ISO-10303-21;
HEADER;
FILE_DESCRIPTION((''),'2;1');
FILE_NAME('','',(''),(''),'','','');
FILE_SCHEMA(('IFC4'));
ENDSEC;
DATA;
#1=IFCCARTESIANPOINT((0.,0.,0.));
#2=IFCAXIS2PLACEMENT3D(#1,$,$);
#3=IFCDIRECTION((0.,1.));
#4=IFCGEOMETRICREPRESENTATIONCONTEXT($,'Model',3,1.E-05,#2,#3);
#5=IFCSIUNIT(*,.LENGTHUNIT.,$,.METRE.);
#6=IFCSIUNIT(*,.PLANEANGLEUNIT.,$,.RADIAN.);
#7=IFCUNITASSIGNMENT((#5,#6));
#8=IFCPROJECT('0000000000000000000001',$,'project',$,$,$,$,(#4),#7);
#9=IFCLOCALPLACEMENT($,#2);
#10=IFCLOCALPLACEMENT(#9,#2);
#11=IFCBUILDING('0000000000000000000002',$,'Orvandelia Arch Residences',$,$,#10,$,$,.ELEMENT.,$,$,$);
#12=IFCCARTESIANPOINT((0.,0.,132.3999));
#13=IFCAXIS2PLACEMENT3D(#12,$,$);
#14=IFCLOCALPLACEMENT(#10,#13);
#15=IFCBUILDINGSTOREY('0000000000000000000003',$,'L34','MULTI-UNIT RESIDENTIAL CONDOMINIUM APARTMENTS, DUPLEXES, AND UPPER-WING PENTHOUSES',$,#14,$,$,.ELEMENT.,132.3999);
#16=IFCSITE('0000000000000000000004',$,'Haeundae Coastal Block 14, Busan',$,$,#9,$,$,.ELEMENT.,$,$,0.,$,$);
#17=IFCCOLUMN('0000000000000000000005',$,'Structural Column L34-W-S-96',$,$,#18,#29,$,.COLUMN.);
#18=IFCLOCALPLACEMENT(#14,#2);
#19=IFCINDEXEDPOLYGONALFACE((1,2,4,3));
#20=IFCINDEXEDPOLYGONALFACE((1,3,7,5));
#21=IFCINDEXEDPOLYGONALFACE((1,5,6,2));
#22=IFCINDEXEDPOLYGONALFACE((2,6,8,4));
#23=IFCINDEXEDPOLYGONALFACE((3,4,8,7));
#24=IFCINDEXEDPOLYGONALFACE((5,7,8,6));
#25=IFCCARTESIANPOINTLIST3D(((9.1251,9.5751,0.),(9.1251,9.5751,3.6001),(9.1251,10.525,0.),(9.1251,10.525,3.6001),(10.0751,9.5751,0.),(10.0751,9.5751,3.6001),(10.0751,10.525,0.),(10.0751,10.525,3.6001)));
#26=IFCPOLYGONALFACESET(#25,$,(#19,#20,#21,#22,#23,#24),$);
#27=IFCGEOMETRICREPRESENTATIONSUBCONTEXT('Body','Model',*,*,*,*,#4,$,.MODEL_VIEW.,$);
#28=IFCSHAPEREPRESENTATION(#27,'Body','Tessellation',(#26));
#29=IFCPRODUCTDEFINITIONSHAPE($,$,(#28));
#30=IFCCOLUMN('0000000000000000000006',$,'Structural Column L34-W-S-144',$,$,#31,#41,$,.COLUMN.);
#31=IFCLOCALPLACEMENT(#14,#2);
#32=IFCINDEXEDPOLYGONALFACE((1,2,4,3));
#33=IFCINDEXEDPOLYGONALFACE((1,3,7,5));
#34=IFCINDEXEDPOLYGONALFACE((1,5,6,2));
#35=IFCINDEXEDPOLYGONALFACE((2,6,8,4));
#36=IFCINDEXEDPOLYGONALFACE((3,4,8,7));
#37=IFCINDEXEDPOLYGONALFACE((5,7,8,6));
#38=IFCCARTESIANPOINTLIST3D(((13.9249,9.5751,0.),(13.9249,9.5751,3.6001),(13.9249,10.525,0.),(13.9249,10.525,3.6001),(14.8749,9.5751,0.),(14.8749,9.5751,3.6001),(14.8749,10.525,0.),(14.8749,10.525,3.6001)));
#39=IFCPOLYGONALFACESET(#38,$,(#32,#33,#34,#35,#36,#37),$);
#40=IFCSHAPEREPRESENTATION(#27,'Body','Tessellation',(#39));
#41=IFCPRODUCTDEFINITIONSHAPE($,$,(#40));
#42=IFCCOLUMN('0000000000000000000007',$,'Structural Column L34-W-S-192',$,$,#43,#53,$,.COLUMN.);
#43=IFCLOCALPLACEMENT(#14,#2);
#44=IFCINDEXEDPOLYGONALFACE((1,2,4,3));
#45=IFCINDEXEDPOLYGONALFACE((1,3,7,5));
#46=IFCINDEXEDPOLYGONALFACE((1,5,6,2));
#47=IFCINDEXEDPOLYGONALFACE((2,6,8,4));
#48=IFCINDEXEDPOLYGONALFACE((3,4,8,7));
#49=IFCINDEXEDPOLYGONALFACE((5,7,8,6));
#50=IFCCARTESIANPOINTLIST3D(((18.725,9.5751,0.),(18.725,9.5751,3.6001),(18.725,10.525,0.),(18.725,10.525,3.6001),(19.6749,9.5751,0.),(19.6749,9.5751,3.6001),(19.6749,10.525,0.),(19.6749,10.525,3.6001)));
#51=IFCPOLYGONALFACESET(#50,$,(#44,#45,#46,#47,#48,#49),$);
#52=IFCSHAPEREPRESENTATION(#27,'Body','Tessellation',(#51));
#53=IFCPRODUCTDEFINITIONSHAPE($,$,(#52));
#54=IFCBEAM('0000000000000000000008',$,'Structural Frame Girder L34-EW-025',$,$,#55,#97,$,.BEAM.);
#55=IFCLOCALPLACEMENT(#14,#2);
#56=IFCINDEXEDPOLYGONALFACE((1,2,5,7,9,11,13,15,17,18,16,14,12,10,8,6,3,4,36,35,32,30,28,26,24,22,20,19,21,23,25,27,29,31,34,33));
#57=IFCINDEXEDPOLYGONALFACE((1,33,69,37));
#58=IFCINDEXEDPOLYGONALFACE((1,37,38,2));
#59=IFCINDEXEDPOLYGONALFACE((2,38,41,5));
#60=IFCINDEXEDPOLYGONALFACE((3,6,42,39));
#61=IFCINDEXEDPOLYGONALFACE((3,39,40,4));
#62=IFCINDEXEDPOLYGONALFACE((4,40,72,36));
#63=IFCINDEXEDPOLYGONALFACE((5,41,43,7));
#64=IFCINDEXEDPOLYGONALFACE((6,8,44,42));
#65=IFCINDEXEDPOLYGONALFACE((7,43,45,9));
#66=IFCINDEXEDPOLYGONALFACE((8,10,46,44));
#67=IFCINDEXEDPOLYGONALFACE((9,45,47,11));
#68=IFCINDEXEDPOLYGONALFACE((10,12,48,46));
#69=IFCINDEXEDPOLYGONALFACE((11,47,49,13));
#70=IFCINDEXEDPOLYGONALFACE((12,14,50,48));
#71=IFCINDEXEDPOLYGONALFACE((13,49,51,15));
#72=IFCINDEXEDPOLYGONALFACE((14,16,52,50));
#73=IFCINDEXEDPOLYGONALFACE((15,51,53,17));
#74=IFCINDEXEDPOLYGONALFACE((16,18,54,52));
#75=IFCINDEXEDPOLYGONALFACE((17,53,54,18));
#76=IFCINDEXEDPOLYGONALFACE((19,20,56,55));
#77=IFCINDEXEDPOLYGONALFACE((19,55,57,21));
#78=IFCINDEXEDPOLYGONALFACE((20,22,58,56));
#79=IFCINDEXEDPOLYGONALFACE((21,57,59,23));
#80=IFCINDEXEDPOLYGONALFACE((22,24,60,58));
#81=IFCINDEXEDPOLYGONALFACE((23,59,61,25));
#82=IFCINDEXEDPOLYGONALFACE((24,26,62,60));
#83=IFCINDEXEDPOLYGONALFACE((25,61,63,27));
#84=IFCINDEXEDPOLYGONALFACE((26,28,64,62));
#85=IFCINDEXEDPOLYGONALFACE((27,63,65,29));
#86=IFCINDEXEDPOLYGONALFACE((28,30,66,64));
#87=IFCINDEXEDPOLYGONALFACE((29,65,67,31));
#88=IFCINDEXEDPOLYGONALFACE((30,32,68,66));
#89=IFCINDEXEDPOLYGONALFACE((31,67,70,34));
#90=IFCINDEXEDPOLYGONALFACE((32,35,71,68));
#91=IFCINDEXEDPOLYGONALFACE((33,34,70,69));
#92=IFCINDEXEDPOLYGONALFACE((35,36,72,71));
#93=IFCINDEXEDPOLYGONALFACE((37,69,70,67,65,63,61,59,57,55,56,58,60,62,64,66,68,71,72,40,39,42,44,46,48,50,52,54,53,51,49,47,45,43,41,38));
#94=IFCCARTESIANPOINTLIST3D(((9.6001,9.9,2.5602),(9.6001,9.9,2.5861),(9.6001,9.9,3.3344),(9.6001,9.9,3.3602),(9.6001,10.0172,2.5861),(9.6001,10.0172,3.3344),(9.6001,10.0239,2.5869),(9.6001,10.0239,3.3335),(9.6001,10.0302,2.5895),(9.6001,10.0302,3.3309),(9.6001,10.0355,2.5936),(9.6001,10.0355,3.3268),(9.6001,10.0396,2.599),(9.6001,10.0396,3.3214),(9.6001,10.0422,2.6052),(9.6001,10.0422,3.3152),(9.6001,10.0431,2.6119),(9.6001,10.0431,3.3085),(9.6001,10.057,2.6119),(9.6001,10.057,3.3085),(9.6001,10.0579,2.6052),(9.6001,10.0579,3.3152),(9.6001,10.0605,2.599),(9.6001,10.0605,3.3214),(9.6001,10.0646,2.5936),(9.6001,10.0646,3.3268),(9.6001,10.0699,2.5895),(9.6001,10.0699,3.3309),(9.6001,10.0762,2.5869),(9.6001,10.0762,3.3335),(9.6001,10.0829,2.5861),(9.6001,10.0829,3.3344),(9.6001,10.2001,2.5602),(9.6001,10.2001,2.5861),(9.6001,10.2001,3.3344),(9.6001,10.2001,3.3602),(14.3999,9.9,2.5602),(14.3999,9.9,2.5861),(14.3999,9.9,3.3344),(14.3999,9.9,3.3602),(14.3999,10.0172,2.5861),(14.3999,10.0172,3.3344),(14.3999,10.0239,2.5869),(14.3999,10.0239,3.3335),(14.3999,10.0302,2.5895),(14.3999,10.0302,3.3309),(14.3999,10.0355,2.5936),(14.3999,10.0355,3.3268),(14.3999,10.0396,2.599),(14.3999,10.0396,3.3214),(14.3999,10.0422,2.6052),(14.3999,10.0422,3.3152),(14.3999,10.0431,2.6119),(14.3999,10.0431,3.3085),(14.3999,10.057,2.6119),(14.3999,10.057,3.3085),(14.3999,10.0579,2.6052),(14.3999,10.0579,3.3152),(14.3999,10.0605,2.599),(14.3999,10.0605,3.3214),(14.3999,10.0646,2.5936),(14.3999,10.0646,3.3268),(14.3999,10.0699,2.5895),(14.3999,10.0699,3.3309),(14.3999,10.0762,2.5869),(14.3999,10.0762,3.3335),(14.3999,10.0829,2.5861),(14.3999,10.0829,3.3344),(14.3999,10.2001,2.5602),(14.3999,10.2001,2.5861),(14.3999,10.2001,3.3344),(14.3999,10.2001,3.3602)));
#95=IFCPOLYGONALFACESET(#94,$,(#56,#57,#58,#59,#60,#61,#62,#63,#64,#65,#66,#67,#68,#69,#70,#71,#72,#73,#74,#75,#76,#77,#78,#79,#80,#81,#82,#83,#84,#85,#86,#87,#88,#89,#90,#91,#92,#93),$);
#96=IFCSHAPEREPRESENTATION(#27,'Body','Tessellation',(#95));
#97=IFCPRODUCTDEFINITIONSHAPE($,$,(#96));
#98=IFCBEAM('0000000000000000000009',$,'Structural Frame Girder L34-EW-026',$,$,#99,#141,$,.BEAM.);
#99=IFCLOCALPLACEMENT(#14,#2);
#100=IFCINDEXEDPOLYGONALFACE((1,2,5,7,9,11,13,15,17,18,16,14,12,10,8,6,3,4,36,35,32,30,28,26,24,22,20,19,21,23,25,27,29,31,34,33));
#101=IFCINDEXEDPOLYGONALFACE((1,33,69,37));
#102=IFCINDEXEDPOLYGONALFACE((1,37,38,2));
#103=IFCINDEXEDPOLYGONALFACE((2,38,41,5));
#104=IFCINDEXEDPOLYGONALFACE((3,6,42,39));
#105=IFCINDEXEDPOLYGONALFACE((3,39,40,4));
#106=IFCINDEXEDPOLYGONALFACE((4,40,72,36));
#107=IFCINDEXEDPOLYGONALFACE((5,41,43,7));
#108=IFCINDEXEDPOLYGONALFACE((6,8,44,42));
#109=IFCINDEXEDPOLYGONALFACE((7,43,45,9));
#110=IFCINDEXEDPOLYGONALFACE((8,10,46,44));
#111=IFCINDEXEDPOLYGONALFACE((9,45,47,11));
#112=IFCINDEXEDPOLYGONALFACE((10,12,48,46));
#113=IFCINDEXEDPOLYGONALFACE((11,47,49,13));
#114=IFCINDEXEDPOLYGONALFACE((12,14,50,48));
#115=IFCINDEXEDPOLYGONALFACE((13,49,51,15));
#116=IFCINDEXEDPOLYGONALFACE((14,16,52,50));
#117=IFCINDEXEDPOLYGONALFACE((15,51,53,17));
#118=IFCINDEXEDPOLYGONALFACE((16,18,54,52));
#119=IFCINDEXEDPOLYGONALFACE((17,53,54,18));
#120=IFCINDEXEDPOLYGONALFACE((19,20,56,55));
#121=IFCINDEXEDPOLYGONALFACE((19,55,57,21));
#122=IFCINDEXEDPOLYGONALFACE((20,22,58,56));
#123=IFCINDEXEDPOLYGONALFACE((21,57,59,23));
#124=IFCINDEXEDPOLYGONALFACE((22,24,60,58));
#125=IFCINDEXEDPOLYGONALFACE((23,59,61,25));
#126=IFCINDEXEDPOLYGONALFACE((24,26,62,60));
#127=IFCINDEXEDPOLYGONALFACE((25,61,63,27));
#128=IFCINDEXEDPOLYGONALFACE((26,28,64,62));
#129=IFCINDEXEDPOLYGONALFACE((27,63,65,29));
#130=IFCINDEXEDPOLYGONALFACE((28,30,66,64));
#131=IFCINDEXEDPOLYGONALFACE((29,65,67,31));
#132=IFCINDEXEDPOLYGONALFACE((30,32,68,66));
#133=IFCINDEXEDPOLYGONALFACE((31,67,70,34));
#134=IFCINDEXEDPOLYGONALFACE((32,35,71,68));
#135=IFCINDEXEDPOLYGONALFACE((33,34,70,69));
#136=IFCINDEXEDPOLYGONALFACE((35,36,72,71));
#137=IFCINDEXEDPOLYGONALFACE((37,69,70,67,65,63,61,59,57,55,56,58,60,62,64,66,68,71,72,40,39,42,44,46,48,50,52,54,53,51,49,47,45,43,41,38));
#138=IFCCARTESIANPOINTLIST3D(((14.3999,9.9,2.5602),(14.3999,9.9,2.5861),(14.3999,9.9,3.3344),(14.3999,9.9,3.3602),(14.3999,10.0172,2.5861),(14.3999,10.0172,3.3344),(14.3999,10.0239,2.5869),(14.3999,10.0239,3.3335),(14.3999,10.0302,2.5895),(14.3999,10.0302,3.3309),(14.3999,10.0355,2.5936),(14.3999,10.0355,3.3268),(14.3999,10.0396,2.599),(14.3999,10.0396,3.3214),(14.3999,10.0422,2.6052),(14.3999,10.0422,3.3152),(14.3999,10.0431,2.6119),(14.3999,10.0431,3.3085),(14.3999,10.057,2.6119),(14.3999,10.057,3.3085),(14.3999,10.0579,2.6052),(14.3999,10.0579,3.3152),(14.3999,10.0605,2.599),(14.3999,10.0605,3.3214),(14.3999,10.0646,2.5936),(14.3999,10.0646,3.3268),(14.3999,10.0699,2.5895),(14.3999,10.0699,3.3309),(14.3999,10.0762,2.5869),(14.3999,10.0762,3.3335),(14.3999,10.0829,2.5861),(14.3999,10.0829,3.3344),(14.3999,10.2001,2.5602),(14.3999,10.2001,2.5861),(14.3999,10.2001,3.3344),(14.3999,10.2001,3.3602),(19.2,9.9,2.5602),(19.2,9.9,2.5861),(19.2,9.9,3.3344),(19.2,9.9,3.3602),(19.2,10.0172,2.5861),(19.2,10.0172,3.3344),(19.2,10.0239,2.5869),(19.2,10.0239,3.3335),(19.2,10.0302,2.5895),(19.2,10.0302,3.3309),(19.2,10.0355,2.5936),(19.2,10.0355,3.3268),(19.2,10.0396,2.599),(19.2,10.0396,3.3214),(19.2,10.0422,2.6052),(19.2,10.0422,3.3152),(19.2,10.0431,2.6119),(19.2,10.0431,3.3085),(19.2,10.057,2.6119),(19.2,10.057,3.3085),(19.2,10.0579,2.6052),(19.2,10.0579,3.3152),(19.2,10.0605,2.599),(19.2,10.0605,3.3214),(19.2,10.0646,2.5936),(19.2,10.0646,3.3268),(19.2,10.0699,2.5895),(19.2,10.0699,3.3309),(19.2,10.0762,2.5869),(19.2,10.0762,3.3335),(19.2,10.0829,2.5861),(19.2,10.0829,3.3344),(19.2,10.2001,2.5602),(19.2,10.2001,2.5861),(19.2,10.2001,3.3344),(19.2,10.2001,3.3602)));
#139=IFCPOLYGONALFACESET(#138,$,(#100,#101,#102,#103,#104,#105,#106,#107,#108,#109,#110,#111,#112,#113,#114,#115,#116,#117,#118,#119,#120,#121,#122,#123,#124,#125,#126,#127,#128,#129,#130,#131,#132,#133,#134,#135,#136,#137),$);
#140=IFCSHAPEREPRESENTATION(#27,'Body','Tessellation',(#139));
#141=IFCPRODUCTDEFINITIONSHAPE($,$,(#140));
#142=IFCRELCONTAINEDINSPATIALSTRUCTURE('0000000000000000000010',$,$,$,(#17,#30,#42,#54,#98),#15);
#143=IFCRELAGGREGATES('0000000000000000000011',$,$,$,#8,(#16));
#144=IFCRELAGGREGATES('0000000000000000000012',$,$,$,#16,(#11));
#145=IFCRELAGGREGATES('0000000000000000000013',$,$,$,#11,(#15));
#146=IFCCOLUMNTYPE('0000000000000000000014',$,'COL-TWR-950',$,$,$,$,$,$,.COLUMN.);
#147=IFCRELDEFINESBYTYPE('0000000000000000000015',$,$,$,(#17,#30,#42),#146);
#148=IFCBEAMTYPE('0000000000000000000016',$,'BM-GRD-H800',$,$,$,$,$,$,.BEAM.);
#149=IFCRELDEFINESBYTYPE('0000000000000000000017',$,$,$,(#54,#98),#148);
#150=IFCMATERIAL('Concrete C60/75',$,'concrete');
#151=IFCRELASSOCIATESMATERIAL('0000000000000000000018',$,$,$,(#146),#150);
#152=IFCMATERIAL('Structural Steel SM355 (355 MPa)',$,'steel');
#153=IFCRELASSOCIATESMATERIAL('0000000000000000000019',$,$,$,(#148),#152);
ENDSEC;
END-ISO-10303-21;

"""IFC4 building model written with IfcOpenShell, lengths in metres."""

from ifc_helpers import new_model, si_unit, direction, frame, origin, origin_2d, place, context, subcontext, project, spatial, rectangle, i_section, extrude, material, material_profile, profile_set, type_object, element, save


model = new_model("IFC4")

# Units and contexts
model_context = context("Model", 3, precision=1e-05, world=origin(), true_north=direction((0.0, 1.0)))
body_context = subcontext(model_context, "Body", "Model", "MODEL_VIEW")
ifc_project = project(units=[si_unit("LENGTHUNIT", "METRE"), si_unit("PLANEANGLEUNIT", "RADIAN")], contexts=[model_context])

# Site, building, storey
site_placement = place(None, origin())
site = spatial("IfcSite", under=ifc_project, at=site_placement, Name="Haeundae Coastal Block 14, Busan", CompositionType="ELEMENT", RefElevation=0.0)
building_placement = place(site_placement, origin())
building = spatial("IfcBuilding", under=site, at=building_placement, Name="Orvandelia Arch Residences", CompositionType="ELEMENT")
storey_placement = place(building_placement, frame((0.0, 0.0, 132.3999)))
storey = spatial("IfcBuildingStorey", under=building, at=storey_placement, Name="L34", Description="MULTI-UNIT RESIDENTIAL CONDOMINIUM APARTMENTS, DUPLEXES, AND UPPER-WING PENTHOUSES", CompositionType="ELEMENT", Elevation=132.3999)

# Columns
ifc_material_1 = material(Name="Concrete C60/75", Category="concrete")
ifc_material_profile_1 = material_profile(ifc_material_1, rectangle(XDim=0.95, YDim=0.95, at=origin_2d()), Name="Concrete C60/75", Category="concrete")
ifc_profile_set_1 = profile_set([ifc_material_profile_1], Name="Concrete C60/75")
column_type = type_object("IfcColumnType", Name="COL-TWR-950", PredefinedType="COLUMN", material=ifc_profile_set_1)
for number, where, z_axis, x_axis, name in (
    (1, (9.6001, 10.05, 0.0), (0.0, 0.0, 1.0), (1.0, 0.0, 0.0), "Structural Column L34-W-S-96"),
    (2, (14.3999, 10.05, 0.0), (0.0, 0.0, 1.0), (1.0, 0.0, 0.0), "Structural Column L34-W-S-144"),
    (3, (19.2, 10.05, 0.0), (0.0, 0.0, 1.0), (1.0, 0.0, 0.0), "Structural Column L34-W-S-192"),
):
    element("IfcColumn", number, at=place(storey_placement, frame(where, z_axis=z_axis, x_axis=x_axis)), inside=storey, type_object=column_type, Name=name, PredefinedType="COLUMN", context=body_context, shape_type="SweptSolid", body=[
        extrude(rectangle(XDim=0.95, YDim=0.95, at=origin_2d()), origin(), (0.0, 0.0, 1.0), 3.6001),
    ])

# Beams
ifc_material_2 = material(Name="Structural Steel SM355 (355 MPa)", Category="steel")
ifc_material_profile_2 = material_profile(ifc_material_2, i_section(OverallWidth=0.3, OverallDepth=0.8, WebThickness=0.0139, FlangeThickness=0.0259, FilletRadius=0.0259, at=origin_2d()), Name="Structural Steel SM355 (355 MPa)", Category="steel")
ifc_profile_set_2 = profile_set([ifc_material_profile_2], Name="Structural Steel SM355 (355 MPa)")
beam_type = type_object("IfcBeamType", Name="BM-GRD-H800", PredefinedType="BEAM", material=ifc_profile_set_2)
beam_1_placement = place(storey_placement, frame((9.6001, 10.05, 2.9602), z_axis=(1.0, 0.0, 0.0), x_axis=(0.0, 1.0, 0.0)))
element("IfcBeam", 4, at=beam_1_placement, inside=storey, type_object=beam_type, Name="Structural Frame Girder L34-EW-025", PredefinedType="BEAM", context=body_context, shape_type="SweptSolid", body=[
    extrude(i_section(OverallWidth=0.3, OverallDepth=0.8, WebThickness=0.0139, FlangeThickness=0.0259, FilletRadius=0.0259, at=origin_2d()), origin(), (0.0, 0.0, 1.0), 4.7998),
])
beam_2_placement = place(storey_placement, frame((14.3999, 10.05, 2.9602), z_axis=(1.0, 0.0, 0.0), x_axis=(0.0, 1.0, 0.0)))
element("IfcBeam", 5, at=beam_2_placement, inside=storey, type_object=beam_type, Name="Structural Frame Girder L34-EW-026", PredefinedType="BEAM", context=body_context, shape_type="SweptSolid", body=[
    extrude(i_section(OverallWidth=0.3, OverallDepth=0.8, WebThickness=0.0139, FlangeThickness=0.0259, FilletRadius=0.0259, at=origin_2d()), origin(), (0.0, 0.0, 1.0), 4.8),
])

save(model, "model.ifc")
